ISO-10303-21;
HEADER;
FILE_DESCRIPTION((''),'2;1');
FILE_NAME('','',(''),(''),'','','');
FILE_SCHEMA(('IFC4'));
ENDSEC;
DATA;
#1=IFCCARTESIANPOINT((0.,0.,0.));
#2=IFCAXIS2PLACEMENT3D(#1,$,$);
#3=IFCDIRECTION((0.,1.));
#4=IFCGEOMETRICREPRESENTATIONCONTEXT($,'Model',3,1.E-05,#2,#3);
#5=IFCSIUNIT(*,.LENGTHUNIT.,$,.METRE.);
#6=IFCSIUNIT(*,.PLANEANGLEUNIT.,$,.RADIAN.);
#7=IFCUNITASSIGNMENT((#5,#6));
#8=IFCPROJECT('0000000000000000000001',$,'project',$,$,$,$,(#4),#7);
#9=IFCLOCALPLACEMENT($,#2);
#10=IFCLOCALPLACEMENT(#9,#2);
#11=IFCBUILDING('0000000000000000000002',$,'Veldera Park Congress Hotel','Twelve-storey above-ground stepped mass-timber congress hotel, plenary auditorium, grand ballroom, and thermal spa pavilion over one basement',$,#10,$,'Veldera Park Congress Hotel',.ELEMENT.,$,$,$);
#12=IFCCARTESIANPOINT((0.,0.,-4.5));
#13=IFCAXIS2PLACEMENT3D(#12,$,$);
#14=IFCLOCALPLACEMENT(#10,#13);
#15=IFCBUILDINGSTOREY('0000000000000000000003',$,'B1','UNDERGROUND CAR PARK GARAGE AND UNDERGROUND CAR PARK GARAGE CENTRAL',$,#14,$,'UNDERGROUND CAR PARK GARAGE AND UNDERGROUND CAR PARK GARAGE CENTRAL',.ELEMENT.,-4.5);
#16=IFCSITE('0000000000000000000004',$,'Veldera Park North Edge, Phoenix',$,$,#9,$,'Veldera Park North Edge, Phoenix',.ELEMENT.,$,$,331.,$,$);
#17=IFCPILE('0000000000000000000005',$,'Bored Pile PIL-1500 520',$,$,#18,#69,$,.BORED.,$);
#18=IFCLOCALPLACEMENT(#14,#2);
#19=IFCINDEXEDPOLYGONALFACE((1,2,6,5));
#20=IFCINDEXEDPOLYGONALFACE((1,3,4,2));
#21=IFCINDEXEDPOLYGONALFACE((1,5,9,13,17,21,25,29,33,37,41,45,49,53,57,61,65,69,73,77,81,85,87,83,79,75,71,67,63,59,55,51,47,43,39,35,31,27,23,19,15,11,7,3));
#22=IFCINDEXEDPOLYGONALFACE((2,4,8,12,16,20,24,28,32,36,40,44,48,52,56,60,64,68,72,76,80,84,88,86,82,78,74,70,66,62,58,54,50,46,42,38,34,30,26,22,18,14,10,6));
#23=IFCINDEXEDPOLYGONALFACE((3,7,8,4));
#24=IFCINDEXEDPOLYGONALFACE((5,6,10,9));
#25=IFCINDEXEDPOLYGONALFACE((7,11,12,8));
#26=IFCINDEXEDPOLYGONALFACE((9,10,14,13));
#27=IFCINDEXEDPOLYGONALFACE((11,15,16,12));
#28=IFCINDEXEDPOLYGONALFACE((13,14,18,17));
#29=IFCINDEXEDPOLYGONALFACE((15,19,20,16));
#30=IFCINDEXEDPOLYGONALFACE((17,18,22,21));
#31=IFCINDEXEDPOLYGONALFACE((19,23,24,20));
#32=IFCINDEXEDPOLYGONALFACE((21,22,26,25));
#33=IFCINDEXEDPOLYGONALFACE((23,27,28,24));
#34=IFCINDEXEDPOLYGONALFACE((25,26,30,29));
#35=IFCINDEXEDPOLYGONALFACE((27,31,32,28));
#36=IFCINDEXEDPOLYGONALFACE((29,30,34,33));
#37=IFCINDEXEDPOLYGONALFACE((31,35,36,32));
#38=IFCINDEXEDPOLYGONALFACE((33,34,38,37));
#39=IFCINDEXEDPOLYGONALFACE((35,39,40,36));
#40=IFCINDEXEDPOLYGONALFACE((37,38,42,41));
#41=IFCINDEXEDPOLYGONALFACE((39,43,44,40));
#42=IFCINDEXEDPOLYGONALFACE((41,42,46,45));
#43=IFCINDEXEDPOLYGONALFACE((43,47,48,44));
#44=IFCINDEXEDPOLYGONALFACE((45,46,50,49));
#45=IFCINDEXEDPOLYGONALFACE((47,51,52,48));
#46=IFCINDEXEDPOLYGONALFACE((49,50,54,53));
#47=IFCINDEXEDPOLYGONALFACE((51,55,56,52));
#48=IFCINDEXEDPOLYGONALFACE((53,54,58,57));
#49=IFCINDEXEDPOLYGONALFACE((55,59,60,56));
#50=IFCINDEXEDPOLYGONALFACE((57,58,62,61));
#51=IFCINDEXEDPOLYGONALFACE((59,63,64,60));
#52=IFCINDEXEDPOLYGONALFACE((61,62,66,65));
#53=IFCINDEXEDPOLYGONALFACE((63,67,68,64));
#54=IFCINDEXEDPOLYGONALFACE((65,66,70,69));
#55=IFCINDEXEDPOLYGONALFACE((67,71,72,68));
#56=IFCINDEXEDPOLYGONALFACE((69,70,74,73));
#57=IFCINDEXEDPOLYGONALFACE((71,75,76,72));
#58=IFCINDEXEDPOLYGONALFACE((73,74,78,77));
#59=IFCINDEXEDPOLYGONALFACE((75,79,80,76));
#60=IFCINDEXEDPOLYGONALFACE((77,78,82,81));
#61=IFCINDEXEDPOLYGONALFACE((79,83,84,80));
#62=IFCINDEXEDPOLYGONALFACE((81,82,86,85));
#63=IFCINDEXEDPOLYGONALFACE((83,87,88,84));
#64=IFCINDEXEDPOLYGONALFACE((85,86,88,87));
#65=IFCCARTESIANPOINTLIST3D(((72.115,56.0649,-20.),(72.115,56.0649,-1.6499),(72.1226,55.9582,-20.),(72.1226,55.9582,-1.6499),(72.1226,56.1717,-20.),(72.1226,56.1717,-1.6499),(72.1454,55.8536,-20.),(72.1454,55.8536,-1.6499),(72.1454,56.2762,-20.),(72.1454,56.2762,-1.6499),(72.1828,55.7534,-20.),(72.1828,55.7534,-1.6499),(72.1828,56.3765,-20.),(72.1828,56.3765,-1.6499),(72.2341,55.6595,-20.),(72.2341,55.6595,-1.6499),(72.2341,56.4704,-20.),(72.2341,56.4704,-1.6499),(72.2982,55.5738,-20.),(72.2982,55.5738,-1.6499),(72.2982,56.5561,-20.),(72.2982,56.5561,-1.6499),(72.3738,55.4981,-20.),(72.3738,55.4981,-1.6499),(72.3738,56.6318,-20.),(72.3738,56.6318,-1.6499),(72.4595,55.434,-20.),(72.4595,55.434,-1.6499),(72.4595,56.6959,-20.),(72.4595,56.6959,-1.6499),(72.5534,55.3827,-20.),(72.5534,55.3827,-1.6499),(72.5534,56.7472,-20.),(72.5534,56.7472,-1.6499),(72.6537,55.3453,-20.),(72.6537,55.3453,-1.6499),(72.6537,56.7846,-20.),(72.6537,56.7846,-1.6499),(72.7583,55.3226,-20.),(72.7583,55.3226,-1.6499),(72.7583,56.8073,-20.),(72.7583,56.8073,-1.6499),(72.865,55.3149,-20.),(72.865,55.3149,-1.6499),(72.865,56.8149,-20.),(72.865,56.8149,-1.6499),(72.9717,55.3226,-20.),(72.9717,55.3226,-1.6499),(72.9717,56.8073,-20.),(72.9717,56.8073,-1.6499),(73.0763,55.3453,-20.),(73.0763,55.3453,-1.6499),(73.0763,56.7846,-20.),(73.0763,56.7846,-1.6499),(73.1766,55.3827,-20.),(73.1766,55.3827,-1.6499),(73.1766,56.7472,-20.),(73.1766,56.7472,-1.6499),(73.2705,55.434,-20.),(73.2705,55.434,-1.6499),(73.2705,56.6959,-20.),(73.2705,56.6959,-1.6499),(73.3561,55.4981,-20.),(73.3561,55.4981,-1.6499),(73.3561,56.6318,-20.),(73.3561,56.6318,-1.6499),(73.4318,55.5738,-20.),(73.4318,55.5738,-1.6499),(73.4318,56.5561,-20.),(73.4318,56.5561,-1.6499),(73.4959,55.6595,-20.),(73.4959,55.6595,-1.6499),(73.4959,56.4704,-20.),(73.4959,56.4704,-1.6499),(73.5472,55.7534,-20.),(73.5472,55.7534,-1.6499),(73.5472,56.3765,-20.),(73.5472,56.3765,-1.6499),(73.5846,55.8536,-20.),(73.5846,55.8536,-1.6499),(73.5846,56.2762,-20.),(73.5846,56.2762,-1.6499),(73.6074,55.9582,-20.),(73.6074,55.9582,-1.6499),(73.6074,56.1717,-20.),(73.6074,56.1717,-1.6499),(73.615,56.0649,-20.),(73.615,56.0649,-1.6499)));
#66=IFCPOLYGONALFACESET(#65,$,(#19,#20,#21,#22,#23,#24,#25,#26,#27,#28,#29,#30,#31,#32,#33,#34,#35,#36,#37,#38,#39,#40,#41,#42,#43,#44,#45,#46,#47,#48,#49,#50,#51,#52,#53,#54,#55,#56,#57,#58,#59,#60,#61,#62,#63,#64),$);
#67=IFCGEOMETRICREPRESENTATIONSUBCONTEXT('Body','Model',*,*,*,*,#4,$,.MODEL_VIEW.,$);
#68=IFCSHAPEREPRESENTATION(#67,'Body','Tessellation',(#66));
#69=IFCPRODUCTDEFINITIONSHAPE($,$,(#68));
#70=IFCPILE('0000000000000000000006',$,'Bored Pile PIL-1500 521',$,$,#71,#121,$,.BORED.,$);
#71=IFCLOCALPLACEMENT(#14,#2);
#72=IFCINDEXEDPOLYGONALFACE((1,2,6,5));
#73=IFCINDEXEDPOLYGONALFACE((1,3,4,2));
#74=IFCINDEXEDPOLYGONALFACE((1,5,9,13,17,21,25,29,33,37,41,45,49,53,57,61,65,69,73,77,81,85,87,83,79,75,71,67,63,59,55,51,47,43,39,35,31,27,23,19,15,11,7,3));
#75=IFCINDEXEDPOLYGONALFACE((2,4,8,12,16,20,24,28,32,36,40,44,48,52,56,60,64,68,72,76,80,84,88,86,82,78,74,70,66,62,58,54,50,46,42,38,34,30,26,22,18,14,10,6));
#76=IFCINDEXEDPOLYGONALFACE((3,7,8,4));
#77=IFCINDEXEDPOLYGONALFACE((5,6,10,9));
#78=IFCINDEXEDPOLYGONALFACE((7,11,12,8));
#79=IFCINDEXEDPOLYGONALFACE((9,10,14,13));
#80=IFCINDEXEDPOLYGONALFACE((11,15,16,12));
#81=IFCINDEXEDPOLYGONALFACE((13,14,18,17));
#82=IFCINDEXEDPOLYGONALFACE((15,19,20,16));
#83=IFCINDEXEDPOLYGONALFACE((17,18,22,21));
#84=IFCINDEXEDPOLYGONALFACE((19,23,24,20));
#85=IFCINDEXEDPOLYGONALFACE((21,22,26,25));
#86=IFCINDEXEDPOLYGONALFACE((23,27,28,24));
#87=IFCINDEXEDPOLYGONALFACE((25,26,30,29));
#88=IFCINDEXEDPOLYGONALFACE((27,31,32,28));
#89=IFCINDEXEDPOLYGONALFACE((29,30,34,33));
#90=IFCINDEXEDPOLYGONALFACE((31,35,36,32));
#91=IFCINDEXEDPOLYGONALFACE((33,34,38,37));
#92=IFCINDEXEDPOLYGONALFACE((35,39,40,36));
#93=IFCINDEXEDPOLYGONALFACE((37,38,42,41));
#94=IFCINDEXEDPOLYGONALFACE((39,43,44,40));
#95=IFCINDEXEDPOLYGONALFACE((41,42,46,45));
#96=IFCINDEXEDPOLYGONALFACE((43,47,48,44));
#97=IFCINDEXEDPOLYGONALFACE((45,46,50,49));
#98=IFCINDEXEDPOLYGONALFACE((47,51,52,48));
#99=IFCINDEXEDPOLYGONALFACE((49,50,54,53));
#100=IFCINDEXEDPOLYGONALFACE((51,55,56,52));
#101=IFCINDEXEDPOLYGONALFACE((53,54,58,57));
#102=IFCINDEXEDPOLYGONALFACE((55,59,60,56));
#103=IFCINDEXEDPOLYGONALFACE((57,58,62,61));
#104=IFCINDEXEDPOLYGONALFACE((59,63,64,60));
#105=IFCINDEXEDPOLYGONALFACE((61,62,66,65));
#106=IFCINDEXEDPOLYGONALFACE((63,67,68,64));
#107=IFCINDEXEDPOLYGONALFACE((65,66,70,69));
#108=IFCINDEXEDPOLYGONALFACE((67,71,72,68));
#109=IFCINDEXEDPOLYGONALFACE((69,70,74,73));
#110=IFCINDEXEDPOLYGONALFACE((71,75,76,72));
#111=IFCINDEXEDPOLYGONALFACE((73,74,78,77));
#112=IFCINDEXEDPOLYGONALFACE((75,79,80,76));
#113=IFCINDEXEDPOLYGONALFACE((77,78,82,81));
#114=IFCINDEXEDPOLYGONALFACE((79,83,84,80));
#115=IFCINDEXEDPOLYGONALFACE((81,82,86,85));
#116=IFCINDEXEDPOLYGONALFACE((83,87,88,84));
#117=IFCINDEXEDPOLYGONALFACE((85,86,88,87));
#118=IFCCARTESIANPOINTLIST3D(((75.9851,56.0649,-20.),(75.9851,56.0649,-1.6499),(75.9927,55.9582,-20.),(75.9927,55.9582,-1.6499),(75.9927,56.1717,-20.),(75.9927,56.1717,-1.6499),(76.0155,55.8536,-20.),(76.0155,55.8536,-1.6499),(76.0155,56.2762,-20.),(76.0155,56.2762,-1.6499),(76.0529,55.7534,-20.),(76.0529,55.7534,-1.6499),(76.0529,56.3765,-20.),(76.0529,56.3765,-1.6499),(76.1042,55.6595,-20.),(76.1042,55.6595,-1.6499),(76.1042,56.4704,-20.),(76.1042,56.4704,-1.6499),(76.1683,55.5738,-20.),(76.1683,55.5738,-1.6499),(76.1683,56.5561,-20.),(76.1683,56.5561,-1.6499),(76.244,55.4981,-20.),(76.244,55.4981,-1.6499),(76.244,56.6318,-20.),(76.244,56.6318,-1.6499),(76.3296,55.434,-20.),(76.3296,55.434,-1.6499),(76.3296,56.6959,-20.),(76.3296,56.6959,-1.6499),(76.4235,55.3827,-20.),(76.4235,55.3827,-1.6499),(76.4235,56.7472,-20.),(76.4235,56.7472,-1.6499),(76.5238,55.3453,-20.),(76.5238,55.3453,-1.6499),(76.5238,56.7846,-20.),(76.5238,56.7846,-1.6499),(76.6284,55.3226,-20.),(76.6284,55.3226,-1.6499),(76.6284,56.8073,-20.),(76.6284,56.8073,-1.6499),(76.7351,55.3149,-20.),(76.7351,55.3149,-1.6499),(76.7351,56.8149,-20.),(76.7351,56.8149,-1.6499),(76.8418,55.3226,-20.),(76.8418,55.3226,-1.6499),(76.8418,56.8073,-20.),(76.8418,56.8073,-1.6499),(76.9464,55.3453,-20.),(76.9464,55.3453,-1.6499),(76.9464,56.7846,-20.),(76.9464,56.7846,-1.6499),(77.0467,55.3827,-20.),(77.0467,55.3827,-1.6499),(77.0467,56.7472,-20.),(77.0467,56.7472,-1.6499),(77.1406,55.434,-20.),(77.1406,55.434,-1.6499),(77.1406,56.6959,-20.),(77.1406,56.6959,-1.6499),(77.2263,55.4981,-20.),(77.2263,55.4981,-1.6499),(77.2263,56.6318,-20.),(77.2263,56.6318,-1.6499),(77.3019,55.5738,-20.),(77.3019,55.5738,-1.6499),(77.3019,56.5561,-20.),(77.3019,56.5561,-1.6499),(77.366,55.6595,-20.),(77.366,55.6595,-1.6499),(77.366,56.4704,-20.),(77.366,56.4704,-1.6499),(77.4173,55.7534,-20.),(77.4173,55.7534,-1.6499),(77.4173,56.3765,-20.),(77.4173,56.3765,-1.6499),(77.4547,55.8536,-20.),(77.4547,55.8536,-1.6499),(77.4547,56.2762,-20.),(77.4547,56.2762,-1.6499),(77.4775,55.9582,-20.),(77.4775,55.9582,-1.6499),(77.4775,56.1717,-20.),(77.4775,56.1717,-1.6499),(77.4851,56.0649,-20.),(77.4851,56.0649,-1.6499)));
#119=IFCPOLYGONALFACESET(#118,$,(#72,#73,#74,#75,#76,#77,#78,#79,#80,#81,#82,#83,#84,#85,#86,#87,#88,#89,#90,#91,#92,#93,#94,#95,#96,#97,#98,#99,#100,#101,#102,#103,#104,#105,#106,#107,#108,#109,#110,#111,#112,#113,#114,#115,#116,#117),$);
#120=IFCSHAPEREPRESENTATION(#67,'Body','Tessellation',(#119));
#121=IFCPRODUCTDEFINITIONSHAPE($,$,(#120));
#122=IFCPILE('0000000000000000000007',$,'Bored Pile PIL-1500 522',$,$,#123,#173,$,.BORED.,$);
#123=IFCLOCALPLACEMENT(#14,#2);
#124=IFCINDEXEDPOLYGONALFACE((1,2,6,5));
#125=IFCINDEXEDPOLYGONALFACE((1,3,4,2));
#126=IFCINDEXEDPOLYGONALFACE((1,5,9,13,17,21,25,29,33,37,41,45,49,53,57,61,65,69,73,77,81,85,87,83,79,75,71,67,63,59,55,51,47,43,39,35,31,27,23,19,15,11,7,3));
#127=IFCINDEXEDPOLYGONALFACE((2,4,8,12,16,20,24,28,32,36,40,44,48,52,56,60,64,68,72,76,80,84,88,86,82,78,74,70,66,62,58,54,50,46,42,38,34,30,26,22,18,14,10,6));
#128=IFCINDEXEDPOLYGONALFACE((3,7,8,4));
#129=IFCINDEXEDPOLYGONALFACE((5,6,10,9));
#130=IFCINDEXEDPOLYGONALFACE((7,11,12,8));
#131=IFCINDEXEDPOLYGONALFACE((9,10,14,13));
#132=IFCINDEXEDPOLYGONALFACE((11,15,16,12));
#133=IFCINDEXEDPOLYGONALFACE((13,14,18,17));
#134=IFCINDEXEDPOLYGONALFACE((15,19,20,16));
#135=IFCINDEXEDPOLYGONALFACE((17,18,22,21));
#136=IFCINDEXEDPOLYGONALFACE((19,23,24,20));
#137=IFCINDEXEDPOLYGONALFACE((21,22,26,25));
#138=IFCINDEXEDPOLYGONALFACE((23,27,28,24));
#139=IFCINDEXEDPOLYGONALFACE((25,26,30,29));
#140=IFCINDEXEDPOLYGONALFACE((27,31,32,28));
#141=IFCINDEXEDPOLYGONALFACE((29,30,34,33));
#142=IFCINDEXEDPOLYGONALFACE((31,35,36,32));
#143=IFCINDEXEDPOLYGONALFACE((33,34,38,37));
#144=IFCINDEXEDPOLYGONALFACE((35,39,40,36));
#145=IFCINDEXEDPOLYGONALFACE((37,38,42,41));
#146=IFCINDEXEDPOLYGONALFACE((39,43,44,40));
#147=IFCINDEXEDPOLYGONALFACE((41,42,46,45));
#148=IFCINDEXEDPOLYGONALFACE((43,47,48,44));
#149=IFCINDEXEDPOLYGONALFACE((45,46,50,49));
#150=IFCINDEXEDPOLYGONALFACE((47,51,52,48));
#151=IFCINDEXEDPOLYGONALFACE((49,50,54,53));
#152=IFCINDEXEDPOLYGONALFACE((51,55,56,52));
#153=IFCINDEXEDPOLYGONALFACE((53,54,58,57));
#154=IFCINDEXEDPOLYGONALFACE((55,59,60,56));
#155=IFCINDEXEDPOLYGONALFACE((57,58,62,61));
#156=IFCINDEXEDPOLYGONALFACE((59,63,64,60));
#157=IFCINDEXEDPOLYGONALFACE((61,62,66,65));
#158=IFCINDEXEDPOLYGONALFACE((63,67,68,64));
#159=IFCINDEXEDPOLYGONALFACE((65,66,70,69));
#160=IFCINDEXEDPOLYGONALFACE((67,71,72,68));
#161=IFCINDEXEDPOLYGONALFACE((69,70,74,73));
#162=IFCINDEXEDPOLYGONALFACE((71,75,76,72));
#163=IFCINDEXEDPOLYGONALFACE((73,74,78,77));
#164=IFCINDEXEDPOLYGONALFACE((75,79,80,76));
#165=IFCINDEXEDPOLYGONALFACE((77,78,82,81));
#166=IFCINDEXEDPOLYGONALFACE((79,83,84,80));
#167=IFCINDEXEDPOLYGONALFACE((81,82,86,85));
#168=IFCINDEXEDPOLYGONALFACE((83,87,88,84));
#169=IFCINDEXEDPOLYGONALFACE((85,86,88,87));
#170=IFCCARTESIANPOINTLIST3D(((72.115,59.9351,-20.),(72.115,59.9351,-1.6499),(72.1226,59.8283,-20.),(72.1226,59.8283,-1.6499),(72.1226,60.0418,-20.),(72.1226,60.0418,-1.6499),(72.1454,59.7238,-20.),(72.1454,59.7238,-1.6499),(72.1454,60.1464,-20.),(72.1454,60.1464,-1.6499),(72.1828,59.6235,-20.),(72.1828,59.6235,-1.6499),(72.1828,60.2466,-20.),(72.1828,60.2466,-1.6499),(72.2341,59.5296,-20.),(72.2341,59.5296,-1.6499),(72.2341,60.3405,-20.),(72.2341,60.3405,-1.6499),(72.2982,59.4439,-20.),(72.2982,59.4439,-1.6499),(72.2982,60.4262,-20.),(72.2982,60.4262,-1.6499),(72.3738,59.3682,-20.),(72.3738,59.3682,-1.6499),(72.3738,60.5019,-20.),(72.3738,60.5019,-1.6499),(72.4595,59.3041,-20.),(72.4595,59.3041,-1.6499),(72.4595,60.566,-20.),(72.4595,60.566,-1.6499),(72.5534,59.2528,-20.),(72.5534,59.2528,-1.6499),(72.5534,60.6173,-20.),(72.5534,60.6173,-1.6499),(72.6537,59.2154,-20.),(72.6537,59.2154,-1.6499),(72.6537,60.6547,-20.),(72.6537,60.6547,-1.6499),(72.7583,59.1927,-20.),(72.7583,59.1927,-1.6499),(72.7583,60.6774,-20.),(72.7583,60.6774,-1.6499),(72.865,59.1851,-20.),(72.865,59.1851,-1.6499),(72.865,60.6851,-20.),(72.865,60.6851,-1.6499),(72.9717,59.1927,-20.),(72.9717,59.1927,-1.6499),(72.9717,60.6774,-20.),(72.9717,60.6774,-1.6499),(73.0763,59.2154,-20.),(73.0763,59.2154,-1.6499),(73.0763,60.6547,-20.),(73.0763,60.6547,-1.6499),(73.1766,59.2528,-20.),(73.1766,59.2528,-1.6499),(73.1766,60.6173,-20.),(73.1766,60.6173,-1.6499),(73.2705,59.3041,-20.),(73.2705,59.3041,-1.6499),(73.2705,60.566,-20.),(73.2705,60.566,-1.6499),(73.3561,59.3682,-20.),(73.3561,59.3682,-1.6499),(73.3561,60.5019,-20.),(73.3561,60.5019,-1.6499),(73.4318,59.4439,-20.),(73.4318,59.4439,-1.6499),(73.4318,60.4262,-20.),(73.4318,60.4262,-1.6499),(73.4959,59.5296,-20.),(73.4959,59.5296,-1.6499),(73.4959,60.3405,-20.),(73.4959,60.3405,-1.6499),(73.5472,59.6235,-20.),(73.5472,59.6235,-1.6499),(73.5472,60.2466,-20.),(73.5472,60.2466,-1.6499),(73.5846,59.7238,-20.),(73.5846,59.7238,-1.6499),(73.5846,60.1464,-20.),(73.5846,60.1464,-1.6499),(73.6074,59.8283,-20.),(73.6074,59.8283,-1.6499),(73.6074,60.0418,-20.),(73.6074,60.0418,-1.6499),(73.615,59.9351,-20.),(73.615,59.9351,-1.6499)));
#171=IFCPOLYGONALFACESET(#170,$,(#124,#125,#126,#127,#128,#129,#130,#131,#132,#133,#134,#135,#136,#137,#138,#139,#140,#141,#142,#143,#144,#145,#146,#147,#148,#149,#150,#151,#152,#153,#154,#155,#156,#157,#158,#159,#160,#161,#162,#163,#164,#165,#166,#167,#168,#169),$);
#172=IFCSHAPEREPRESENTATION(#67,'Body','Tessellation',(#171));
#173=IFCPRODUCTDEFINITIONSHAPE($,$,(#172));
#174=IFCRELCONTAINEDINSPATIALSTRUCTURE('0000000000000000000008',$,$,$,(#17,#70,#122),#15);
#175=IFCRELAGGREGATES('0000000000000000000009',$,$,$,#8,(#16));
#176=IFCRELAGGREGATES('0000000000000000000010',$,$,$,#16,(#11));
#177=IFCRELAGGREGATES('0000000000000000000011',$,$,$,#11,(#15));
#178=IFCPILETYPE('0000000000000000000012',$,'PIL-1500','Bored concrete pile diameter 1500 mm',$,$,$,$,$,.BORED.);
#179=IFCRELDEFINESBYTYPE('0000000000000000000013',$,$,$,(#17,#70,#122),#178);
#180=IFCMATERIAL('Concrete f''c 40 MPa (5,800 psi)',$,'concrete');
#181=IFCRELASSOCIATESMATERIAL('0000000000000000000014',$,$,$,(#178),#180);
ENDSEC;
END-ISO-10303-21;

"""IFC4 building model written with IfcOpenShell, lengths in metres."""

from ifc_helpers import new_model, si_unit, direction, frame, origin, origin_2d, place, context, subcontext, project, spatial, circle, extrude, material, material_profile, profile_set, type_object, element, save


model = new_model("IFC4")

# Units and contexts
model_context = context("Model", 3, precision=1e-05, world=origin(), true_north=direction((0.0, 1.0)))
body_context = subcontext(model_context, "Body", "Model", "MODEL_VIEW")
ifc_project = project(units=[si_unit("LENGTHUNIT", "METRE"), si_unit("PLANEANGLEUNIT", "RADIAN")], contexts=[model_context])

# Site, building, storey
site_placement = place(None, origin())
site = spatial("IfcSite", under=ifc_project, at=site_placement, Name="Veldera Park North Edge, Phoenix", LongName="Veldera Park North Edge, Phoenix", CompositionType="ELEMENT", RefElevation=331.0)
building_placement = place(site_placement, origin())
building = spatial("IfcBuilding", under=site, at=building_placement, Name="Veldera Park Congress Hotel", Description="Twelve-storey above-ground stepped mass-timber congress hotel, plenary auditorium, grand ballroom, and thermal spa pavilion over one basement", LongName="Veldera Park Congress Hotel", CompositionType="ELEMENT")
storey_placement = place(building_placement, frame((0.0, 0.0, -4.5)))
storey = spatial("IfcBuildingStorey", under=building, at=storey_placement, Name="B1", Description="UNDERGROUND CAR PARK GARAGE AND UNDERGROUND CAR PARK GARAGE CENTRAL", LongName="UNDERGROUND CAR PARK GARAGE AND UNDERGROUND CAR PARK GARAGE CENTRAL", CompositionType="ELEMENT", Elevation=-4.5)

# Shared definitions
ifc_material_1 = material(Name="Concrete f'c 40 MPa (5,800 psi)", Category="concrete")

# Piles
ifc_material_profile_1 = material_profile(ifc_material_1, circle(Radius=0.75, at=origin_2d()), Name="PILE D1500")
ifc_profile_set_1 = profile_set([ifc_material_profile_1], Name="Concrete f'c 40 MPa (5,800 psi)")
pile_type = type_object("IfcPileType", Name="PIL-1500", Description="Bored concrete pile diameter 1500 mm", PredefinedType="BORED", material=ifc_profile_set_1)
for number, where, z_axis, x_axis, name in (
    (1, (72.865, 56.0649, -1.6499), (0.0, 0.0, -1.0), (1.0, 0.0, 0.0), "Bored Pile PIL-1500 520"),
    (2, (76.7351, 56.0649, -1.6499), (0.0, 0.0, -1.0), (1.0, 0.0, 0.0), "Bored Pile PIL-1500 521"),
    (3, (72.865, 59.9351, -1.6499), (0.0, 0.0, -1.0), (1.0, 0.0, 0.0), "Bored Pile PIL-1500 522"),
):
    element("IfcPile", number, at=place(storey_placement, frame(where, z_axis=z_axis, x_axis=x_axis)), inside=storey, type_object=pile_type, Name=name, PredefinedType="BORED", context=body_context, shape_type="SweptSolid", body=[
        extrude(circle(Radius=0.75, at=origin_2d()), origin(), (0.0, 0.0, 1.0), 18.3501),
    ])

save(model, "model.ifc")
